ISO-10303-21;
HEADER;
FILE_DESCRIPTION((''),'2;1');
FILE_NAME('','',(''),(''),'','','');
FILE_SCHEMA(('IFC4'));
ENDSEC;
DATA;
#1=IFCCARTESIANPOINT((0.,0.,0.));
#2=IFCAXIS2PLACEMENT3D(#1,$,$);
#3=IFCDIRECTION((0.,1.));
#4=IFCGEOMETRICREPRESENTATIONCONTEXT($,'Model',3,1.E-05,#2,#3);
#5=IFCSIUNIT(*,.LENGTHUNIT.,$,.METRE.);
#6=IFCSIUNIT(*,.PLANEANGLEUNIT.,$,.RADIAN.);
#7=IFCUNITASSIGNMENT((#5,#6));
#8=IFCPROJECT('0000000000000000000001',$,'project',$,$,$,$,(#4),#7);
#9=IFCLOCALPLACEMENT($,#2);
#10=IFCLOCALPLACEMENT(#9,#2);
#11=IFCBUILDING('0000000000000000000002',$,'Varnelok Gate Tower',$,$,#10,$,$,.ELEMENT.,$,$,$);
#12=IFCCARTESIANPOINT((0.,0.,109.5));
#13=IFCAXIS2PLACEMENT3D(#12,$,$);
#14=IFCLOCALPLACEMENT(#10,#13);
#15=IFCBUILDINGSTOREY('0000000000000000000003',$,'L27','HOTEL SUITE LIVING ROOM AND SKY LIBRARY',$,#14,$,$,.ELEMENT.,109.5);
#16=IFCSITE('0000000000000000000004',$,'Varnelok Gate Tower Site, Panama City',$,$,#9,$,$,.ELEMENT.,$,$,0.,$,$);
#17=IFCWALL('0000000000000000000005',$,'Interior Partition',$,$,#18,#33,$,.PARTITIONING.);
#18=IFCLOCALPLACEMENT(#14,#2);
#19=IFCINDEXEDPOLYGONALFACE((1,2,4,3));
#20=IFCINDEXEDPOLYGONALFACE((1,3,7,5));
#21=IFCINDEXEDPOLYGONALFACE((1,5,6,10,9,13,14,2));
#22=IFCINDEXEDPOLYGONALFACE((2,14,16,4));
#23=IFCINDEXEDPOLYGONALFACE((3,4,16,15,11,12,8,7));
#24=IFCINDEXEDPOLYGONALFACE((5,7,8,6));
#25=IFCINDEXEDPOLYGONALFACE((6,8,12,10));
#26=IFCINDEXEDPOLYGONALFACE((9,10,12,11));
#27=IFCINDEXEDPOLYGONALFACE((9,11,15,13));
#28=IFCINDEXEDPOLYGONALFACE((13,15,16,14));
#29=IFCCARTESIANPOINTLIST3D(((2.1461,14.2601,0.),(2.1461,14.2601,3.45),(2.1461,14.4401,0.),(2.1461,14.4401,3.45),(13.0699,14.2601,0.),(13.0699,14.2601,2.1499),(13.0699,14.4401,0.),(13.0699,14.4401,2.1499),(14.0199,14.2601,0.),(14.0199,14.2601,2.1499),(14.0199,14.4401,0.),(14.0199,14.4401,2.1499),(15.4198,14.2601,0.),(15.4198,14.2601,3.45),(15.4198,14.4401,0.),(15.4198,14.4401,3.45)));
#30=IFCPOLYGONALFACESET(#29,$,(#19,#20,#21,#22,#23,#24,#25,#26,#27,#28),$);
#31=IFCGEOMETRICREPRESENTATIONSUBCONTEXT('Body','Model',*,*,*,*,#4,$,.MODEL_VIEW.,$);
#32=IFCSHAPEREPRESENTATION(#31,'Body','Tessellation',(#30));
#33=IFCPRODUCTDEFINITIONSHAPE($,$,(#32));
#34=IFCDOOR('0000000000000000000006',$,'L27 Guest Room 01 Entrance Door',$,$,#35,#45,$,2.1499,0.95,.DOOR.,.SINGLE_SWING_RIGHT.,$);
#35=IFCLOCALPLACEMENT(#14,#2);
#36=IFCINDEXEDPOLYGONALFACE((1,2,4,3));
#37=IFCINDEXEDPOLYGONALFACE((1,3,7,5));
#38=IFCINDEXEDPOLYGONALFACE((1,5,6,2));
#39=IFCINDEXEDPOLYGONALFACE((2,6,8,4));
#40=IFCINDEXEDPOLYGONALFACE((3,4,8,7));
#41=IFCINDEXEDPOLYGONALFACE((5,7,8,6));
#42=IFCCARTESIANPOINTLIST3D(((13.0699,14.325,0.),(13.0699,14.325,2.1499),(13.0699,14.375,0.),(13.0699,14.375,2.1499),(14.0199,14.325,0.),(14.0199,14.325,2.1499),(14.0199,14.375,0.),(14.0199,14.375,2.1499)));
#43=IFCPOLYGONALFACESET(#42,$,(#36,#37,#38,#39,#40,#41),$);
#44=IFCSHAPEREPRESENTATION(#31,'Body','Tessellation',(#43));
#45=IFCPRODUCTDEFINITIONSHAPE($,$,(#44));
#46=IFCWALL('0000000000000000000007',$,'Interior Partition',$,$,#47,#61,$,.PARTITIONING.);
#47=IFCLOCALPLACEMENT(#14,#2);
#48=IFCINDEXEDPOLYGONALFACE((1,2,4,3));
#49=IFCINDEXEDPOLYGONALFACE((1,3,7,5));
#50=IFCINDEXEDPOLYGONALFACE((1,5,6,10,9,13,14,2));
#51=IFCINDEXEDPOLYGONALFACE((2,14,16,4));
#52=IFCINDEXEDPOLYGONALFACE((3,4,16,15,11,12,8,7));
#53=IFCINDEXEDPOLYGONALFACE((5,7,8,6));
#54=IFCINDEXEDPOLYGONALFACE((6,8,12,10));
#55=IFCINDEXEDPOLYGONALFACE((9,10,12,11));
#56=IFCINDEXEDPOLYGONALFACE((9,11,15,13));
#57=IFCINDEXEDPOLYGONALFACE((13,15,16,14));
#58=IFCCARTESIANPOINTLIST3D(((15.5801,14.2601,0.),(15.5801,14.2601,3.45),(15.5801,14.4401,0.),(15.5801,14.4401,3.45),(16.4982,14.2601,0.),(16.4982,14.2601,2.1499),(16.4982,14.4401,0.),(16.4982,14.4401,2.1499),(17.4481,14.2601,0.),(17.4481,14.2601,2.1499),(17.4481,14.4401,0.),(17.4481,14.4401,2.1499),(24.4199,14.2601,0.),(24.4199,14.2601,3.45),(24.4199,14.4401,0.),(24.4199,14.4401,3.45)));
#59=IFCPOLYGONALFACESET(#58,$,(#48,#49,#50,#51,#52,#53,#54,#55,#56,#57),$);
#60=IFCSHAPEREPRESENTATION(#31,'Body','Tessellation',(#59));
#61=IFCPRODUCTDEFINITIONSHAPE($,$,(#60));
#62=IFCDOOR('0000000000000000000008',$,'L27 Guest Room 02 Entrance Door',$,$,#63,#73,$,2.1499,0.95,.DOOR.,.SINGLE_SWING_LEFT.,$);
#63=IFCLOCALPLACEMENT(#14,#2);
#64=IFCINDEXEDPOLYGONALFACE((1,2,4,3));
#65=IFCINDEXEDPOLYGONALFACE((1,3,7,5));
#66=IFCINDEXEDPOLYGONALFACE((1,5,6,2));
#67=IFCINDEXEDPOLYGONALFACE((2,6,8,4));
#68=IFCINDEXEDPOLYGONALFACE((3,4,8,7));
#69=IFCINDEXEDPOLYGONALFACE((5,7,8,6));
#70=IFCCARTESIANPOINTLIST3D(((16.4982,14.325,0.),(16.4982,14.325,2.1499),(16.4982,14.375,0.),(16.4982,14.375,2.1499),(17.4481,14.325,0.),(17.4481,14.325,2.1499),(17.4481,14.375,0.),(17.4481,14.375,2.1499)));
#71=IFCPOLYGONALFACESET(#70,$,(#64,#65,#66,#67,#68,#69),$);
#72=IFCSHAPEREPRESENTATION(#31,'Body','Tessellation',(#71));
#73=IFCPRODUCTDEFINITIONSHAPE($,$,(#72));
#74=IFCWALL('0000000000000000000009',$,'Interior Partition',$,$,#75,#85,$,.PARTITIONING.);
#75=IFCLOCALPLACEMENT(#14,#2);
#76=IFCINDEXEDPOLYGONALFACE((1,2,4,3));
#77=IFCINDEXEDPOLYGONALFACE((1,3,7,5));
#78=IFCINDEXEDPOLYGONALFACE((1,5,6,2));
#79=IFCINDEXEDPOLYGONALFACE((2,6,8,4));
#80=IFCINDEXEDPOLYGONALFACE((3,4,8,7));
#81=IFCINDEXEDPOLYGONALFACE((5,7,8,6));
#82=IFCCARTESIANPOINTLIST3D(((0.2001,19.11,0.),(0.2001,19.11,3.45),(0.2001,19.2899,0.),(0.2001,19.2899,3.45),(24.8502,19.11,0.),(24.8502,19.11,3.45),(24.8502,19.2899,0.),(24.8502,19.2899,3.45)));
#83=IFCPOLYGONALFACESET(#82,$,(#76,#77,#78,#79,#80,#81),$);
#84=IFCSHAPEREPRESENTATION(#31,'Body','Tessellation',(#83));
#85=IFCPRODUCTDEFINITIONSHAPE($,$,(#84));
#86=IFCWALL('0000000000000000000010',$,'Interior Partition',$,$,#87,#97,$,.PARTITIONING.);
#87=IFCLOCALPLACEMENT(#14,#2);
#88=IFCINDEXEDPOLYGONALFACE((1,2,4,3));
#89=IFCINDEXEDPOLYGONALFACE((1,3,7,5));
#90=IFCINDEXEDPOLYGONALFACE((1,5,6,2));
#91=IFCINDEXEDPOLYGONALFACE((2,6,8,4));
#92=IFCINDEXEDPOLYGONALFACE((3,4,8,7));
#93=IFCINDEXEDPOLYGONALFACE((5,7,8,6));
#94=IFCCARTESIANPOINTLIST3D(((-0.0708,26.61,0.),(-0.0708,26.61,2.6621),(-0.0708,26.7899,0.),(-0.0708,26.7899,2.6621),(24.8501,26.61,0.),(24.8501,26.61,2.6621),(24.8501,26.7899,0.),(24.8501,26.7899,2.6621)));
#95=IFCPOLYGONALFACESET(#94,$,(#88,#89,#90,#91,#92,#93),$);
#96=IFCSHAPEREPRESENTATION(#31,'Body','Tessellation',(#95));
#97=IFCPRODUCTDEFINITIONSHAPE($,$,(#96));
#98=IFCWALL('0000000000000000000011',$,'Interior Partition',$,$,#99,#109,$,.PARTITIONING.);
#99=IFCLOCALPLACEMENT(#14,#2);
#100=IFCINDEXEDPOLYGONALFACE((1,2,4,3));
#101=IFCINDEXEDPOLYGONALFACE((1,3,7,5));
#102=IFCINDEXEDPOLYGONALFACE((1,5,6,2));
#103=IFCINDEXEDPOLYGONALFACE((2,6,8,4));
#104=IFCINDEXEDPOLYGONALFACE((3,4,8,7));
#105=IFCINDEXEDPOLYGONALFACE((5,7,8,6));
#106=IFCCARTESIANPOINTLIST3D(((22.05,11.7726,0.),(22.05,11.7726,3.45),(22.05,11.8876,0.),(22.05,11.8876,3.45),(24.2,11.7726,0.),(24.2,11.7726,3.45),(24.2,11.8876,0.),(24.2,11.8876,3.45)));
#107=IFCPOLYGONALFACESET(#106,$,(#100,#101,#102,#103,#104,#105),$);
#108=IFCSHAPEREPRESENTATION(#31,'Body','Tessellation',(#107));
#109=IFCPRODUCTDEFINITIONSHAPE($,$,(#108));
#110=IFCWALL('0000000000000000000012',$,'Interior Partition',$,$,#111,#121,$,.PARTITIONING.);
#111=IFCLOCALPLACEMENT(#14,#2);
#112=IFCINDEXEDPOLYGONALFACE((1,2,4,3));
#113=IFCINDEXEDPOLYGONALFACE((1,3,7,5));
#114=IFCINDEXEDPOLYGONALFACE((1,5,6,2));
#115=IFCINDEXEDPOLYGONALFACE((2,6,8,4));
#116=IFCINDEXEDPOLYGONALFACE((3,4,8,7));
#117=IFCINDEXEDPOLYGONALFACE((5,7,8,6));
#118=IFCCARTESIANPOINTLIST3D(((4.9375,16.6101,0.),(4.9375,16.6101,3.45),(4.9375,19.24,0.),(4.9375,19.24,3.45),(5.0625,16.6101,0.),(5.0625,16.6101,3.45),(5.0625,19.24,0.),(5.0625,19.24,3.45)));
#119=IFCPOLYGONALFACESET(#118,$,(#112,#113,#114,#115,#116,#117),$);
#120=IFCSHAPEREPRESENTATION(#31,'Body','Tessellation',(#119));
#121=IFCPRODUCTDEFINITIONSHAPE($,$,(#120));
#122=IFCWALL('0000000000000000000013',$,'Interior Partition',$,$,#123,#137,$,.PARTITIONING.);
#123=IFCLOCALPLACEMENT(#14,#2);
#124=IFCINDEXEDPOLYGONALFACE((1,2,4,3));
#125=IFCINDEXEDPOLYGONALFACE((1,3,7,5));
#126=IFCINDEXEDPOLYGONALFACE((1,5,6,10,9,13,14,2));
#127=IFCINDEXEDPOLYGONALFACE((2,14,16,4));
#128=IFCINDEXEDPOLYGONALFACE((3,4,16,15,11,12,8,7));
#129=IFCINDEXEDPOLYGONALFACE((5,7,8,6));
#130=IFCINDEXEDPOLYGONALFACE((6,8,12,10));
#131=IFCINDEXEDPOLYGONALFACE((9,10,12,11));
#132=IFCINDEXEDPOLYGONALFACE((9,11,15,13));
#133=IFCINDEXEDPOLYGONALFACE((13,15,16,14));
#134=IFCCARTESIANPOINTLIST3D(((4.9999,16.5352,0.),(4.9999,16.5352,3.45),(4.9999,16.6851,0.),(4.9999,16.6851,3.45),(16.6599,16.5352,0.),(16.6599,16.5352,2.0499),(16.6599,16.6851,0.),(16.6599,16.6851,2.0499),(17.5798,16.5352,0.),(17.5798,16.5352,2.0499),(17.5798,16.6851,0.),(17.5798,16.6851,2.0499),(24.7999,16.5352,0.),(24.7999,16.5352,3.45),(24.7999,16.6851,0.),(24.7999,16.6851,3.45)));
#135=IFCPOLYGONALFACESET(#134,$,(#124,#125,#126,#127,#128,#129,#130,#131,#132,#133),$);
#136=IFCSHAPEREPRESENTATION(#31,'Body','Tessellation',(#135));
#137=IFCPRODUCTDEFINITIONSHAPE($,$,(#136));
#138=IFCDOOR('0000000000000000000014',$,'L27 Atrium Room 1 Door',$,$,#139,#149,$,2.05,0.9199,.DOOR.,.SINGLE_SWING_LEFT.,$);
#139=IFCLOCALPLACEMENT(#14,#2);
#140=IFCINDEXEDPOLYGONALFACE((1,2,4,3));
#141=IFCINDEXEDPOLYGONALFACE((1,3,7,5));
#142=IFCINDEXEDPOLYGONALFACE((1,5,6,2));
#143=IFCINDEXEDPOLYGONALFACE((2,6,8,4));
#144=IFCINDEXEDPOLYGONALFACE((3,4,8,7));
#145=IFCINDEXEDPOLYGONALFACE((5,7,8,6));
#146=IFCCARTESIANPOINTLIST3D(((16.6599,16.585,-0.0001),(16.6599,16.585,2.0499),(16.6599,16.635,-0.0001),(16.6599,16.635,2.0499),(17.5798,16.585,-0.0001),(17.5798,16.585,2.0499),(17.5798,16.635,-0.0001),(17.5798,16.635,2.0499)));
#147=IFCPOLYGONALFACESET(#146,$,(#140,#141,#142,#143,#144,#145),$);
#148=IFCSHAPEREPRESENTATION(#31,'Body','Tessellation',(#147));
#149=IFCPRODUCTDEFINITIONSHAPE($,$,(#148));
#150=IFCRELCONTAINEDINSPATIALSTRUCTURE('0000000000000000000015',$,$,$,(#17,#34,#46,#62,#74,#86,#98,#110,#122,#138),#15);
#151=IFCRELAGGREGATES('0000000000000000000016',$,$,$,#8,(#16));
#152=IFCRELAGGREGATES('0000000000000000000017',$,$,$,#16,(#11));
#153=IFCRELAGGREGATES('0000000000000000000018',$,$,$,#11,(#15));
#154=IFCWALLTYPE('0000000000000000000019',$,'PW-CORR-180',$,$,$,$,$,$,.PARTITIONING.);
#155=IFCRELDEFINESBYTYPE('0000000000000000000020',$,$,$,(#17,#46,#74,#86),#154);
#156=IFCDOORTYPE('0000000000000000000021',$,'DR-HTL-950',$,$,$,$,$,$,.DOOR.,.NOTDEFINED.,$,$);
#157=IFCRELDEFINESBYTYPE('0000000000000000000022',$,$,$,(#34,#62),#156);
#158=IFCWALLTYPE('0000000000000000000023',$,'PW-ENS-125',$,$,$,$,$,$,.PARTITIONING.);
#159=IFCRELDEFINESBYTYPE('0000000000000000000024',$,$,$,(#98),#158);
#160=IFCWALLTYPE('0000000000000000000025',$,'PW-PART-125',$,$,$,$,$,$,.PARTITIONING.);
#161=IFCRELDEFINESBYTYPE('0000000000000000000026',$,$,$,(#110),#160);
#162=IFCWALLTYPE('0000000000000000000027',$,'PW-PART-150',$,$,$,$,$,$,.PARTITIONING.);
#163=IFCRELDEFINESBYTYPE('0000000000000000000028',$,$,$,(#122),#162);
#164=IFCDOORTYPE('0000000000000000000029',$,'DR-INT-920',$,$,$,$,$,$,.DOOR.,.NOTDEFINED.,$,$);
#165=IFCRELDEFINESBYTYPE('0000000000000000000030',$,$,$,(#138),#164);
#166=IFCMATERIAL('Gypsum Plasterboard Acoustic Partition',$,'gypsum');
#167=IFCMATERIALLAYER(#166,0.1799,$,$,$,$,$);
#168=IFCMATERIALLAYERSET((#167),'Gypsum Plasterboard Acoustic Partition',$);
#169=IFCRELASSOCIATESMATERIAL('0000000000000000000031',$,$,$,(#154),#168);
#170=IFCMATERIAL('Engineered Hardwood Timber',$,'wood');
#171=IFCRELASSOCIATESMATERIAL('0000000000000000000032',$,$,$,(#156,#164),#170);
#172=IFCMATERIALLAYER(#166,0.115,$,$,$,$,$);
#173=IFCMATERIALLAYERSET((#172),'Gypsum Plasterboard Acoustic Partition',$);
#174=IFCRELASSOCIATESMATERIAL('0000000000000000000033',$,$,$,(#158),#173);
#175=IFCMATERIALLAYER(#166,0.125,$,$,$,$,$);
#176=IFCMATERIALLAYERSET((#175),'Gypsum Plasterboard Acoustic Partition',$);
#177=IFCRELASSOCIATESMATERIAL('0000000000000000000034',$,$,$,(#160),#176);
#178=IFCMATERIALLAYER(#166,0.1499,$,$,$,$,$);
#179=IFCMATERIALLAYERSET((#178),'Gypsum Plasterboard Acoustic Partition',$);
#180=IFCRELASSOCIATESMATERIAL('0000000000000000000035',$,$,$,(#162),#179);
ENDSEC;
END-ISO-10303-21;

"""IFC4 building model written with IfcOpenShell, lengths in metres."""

from ifc_helpers import new_model, si_unit, direction, frame, frame_2d, origin, place, context, subcontext, project, spatial, rectangle, extrude, material, layer, layer_set, type_object, element, fill, save


model = new_model("IFC4")

# Units and contexts
model_context = context("Model", 3, precision=1e-05, world=origin(), true_north=direction((0.0, 1.0)))
body_context = subcontext(model_context, "Body", "Model", "MODEL_VIEW")
ifc_project = project(units=[si_unit("LENGTHUNIT", "METRE"), si_unit("PLANEANGLEUNIT", "RADIAN")], contexts=[model_context])

# Site, building, storey
site_placement = place(None, origin())
site = spatial("IfcSite", under=ifc_project, at=site_placement, Name="Varnelok Gate Tower Site, Panama City", CompositionType="ELEMENT", RefElevation=0.0)
building_placement = place(site_placement, origin())
building = spatial("IfcBuilding", under=site, at=building_placement, Name="Varnelok Gate Tower", CompositionType="ELEMENT")
storey_placement = place(building_placement, frame((0.0, 0.0, 109.5)))
storey = spatial("IfcBuildingStorey", under=building, at=storey_placement, Name="L27", Description="HOTEL SUITE LIVING ROOM AND SKY LIBRARY", CompositionType="ELEMENT", Elevation=109.5)

# Walls, openings, doors
ifc_material_1 = material(Name="Gypsum Plasterboard Acoustic Partition", Category="gypsum")
ifc_layer_1 = layer(ifc_material_1, 0.1799)
ifc_layer_set_1 = layer_set([ifc_layer_1], Name="Gypsum Plasterboard Acoustic Partition")
wall_type_1 = type_object("IfcWallType", Name="PW-CORR-180", PredefinedType="PARTITIONING", material=ifc_layer_set_1)
wall_1_placement = place(storey_placement, frame((2.1462, 14.3501, 0.0), z_axis=(0.0, 0.0, 1.0), x_axis=(1.0, 0.0, 0.0)))
wall_1 = element("IfcWall", 1, at=wall_1_placement, inside=storey, type_object=wall_type_1, Name="Interior Partition", PredefinedType="PARTITIONING", context=body_context, shape_type="SweptSolid", body=[
    extrude(rectangle(XDim=13.2737, YDim=0.1799, at=frame_2d((6.6367, 0.0))), origin(), (0.0, 0.0, 1.0), 3.45),
])
opening_1_placement = place(wall_1_placement, frame((10.9236, 0.0, 0.0)))
opening_1 = element("IfcOpeningElement", 2, at=opening_1_placement, cuts=wall_1, PredefinedType="OPENING", context=body_context, shape_type="SweptSolid", body=[
    extrude(rectangle(XDim=0.95, YDim=2.1499, at=frame_2d((0.4751, 1.075))), frame((0.0, 0.0999, 0.0), z_axis=(0.0, -1.0, 0.0), x_axis=(1.0, 0.0, 0.0)), (0.0, 0.0, 1.0), 0.2),
])
ifc_material_2 = material(Name="Engineered Hardwood Timber", Category="wood")
door_type_1 = type_object("IfcDoorType", Name="DR-HTL-950", OperationType="NOTDEFINED", PredefinedType="DOOR", material=ifc_material_2)
door_1_placement = place(opening_1_placement, origin())
door_1 = element("IfcDoor", 3, at=door_1_placement, inside=storey, type_object=door_type_1, Name="L27 Guest Room 01 Entrance Door", OperationType="SINGLE_SWING_RIGHT", OverallHeight=2.1499, OverallWidth=0.95, PredefinedType="DOOR", context=body_context, shape_type="SweptSolid", body=[
    extrude(rectangle(XDim=0.95, YDim=2.1499, at=frame_2d((0.4751, 1.075))), frame((0.0, 0.0249, 0.0), z_axis=(0.0, -1.0, 0.0), x_axis=(1.0, 0.0, 0.0)), (0.0, 0.0, 1.0), 0.05),
])
fill(opening_1, door_1)
wall_2_placement = place(storey_placement, frame((15.5801, 14.3501, 0.0), z_axis=(0.0, 0.0, 1.0), x_axis=(1.0, 0.0, 0.0)))
wall_2 = element("IfcWall", 4, at=wall_2_placement, inside=storey, type_object=wall_type_1, Name="Interior Partition", PredefinedType="PARTITIONING", context=body_context, shape_type="SweptSolid", body=[
    extrude(rectangle(XDim=8.8398, YDim=0.1799, at=frame_2d((4.4199, 0.0))), origin(), (0.0, 0.0, 1.0), 3.45),
])
opening_2_placement = place(wall_2_placement, frame((0.918, 0.0, 0.0)))
opening_2 = element("IfcOpeningElement", 5, at=opening_2_placement, cuts=wall_2, PredefinedType="OPENING", context=body_context, shape_type="SweptSolid", body=[
    extrude(rectangle(XDim=0.95, YDim=2.1499, at=frame_2d((0.4751, 1.075))), frame((0.0, 0.0999, 0.0), z_axis=(0.0, -1.0, 0.0), x_axis=(1.0, 0.0, 0.0)), (0.0, 0.0, 1.0), 0.2),
])
door_2_placement = place(opening_2_placement, origin())
door_2 = element("IfcDoor", 6, at=door_2_placement, inside=storey, type_object=door_type_1, Name="L27 Guest Room 02 Entrance Door", OperationType="SINGLE_SWING_LEFT", OverallHeight=2.1499, OverallWidth=0.95, PredefinedType="DOOR", context=body_context, shape_type="SweptSolid", body=[
    extrude(rectangle(XDim=0.95, YDim=2.1499, at=frame_2d((0.4751, 1.075))), frame((0.0, 0.0249, 0.0), z_axis=(0.0, -1.0, 0.0), x_axis=(1.0, 0.0, 0.0)), (0.0, 0.0, 1.0), 0.05),
])
fill(opening_2, door_2)

# Walls
wall_3_placement = place(storey_placement, frame((0.2, 19.2, 0.0), z_axis=(0.0, 0.0, 1.0), x_axis=(1.0, 0.0, 0.0)))
element("IfcWall", 7, at=wall_3_placement, inside=storey, type_object=wall_type_1, Name="Interior Partition", PredefinedType="PARTITIONING", context=body_context, shape_type="SweptSolid", body=[
    extrude(rectangle(XDim=24.6501, YDim=0.1799, at=frame_2d((12.3252, 0.0))), origin(), (0.0, 0.0, 1.0), 3.45),
])
wall_4_placement = place(storey_placement, frame((-0.0708, 26.7, 0.0), z_axis=(0.0, 0.0, 1.0), x_axis=(1.0, 0.0, 0.0)))
element("IfcWall", 8, at=wall_4_placement, inside=storey, type_object=wall_type_1, Name="Interior Partition", PredefinedType="PARTITIONING", context=body_context, shape_type="SweptSolid", body=[
    extrude(rectangle(XDim=24.9209, YDim=0.1799, at=frame_2d((12.4604, 0.0))), origin(), (0.0, 0.0, 1.0), 2.6621),
])
ifc_layer_2 = layer(ifc_material_1, 0.115)
ifc_layer_set_2 = layer_set([ifc_layer_2], Name="Gypsum Plasterboard Acoustic Partition")
wall_type_2 = type_object("IfcWallType", Name="PW-ENS-125", PredefinedType="PARTITIONING", material=ifc_layer_set_2)
wall_5_placement = place(storey_placement, frame((22.05, 11.8301, 0.0), z_axis=(0.0, 0.0, 1.0), x_axis=(1.0, 0.0, 0.0)))
element("IfcWall", 9, at=wall_5_placement, inside=storey, type_object=wall_type_2, Name="Interior Partition", PredefinedType="PARTITIONING", context=body_context, shape_type="SweptSolid", body=[
    extrude(rectangle(XDim=2.1499, YDim=0.115, at=frame_2d((1.075, 0.0))), origin(), (0.0, 0.0, 1.0), 3.45),
])
ifc_layer_3 = layer(ifc_material_1, 0.125)
ifc_layer_set_3 = layer_set([ifc_layer_3], Name="Gypsum Plasterboard Acoustic Partition")
wall_type_3 = type_object("IfcWallType", Name="PW-PART-125", PredefinedType="PARTITIONING", material=ifc_layer_set_3)
wall_6_placement = place(storey_placement, frame((5.0, 16.6101, 0.0), z_axis=(0.0, 0.0, 1.0), x_axis=(0.0, 1.0, 0.0)))
element("IfcWall", 10, at=wall_6_placement, inside=storey, type_object=wall_type_3, Name="Interior Partition", PredefinedType="PARTITIONING", context=body_context, shape_type="SweptSolid", body=[
    extrude(rectangle(XDim=2.6299, YDim=0.125, at=frame_2d((1.3149, 0.0))), origin(), (0.0, 0.0, 1.0), 3.45),
])

# Wall, opening, door
ifc_layer_4 = layer(ifc_material_1, 0.1499)
ifc_layer_set_4 = layer_set([ifc_layer_4], Name="Gypsum Plasterboard Acoustic Partition")
wall_type_4 = type_object("IfcWallType", Name="PW-PART-150", PredefinedType="PARTITIONING", material=ifc_layer_set_4)
wall_7_placement = place(storey_placement, frame((5.0, 16.6101, 0.0), z_axis=(0.0, 0.0, 1.0), x_axis=(1.0, 0.0, 0.0)))
wall_7 = element("IfcWall", 11, at=wall_7_placement, inside=storey, type_object=wall_type_4, Name="Interior Partition", PredefinedType="PARTITIONING", context=body_context, shape_type="SweptSolid", body=[
    extrude(rectangle(XDim=19.8, YDim=0.1499, at=frame_2d((9.8999, 0.0))), origin(), (0.0, 0.0, 1.0), 3.45),
])
opening_3_placement = place(wall_7_placement, frame((11.6599, 0.0, 0.0)))
opening_3 = element("IfcOpeningElement", 12, at=opening_3_placement, cuts=wall_7, PredefinedType="OPENING", context=body_context, shape_type="SweptSolid", body=[
    extrude(rectangle(XDim=0.9199, YDim=2.05, at=frame_2d((0.46, 1.0249))), frame((0.0, 0.085, 0.0), z_axis=(0.0, -1.0, 0.0), x_axis=(1.0, 0.0, 0.0)), (0.0, 0.0, 1.0), 0.1699),
])
door_type_2 = type_object("IfcDoorType", Name="DR-INT-920", OperationType="NOTDEFINED", PredefinedType="DOOR", material=ifc_material_2)
door_3_placement = place(opening_3_placement, origin())
door_3 = element("IfcDoor", 13, at=door_3_placement, inside=storey, type_object=door_type_2, Name="L27 Atrium Room 1 Door", OperationType="SINGLE_SWING_LEFT", OverallHeight=2.05, OverallWidth=0.9199, PredefinedType="DOOR", context=body_context, shape_type="SweptSolid", body=[
    extrude(rectangle(XDim=0.9199, YDim=2.05, at=frame_2d((0.46, 1.0249))), frame((0.0, 0.0249, 0.0), z_axis=(0.0, -1.0, 0.0), x_axis=(1.0, 0.0, 0.0)), (0.0, 0.0, 1.0), 0.05),
])
fill(opening_3, door_3)

save(model, "model.ifc")
